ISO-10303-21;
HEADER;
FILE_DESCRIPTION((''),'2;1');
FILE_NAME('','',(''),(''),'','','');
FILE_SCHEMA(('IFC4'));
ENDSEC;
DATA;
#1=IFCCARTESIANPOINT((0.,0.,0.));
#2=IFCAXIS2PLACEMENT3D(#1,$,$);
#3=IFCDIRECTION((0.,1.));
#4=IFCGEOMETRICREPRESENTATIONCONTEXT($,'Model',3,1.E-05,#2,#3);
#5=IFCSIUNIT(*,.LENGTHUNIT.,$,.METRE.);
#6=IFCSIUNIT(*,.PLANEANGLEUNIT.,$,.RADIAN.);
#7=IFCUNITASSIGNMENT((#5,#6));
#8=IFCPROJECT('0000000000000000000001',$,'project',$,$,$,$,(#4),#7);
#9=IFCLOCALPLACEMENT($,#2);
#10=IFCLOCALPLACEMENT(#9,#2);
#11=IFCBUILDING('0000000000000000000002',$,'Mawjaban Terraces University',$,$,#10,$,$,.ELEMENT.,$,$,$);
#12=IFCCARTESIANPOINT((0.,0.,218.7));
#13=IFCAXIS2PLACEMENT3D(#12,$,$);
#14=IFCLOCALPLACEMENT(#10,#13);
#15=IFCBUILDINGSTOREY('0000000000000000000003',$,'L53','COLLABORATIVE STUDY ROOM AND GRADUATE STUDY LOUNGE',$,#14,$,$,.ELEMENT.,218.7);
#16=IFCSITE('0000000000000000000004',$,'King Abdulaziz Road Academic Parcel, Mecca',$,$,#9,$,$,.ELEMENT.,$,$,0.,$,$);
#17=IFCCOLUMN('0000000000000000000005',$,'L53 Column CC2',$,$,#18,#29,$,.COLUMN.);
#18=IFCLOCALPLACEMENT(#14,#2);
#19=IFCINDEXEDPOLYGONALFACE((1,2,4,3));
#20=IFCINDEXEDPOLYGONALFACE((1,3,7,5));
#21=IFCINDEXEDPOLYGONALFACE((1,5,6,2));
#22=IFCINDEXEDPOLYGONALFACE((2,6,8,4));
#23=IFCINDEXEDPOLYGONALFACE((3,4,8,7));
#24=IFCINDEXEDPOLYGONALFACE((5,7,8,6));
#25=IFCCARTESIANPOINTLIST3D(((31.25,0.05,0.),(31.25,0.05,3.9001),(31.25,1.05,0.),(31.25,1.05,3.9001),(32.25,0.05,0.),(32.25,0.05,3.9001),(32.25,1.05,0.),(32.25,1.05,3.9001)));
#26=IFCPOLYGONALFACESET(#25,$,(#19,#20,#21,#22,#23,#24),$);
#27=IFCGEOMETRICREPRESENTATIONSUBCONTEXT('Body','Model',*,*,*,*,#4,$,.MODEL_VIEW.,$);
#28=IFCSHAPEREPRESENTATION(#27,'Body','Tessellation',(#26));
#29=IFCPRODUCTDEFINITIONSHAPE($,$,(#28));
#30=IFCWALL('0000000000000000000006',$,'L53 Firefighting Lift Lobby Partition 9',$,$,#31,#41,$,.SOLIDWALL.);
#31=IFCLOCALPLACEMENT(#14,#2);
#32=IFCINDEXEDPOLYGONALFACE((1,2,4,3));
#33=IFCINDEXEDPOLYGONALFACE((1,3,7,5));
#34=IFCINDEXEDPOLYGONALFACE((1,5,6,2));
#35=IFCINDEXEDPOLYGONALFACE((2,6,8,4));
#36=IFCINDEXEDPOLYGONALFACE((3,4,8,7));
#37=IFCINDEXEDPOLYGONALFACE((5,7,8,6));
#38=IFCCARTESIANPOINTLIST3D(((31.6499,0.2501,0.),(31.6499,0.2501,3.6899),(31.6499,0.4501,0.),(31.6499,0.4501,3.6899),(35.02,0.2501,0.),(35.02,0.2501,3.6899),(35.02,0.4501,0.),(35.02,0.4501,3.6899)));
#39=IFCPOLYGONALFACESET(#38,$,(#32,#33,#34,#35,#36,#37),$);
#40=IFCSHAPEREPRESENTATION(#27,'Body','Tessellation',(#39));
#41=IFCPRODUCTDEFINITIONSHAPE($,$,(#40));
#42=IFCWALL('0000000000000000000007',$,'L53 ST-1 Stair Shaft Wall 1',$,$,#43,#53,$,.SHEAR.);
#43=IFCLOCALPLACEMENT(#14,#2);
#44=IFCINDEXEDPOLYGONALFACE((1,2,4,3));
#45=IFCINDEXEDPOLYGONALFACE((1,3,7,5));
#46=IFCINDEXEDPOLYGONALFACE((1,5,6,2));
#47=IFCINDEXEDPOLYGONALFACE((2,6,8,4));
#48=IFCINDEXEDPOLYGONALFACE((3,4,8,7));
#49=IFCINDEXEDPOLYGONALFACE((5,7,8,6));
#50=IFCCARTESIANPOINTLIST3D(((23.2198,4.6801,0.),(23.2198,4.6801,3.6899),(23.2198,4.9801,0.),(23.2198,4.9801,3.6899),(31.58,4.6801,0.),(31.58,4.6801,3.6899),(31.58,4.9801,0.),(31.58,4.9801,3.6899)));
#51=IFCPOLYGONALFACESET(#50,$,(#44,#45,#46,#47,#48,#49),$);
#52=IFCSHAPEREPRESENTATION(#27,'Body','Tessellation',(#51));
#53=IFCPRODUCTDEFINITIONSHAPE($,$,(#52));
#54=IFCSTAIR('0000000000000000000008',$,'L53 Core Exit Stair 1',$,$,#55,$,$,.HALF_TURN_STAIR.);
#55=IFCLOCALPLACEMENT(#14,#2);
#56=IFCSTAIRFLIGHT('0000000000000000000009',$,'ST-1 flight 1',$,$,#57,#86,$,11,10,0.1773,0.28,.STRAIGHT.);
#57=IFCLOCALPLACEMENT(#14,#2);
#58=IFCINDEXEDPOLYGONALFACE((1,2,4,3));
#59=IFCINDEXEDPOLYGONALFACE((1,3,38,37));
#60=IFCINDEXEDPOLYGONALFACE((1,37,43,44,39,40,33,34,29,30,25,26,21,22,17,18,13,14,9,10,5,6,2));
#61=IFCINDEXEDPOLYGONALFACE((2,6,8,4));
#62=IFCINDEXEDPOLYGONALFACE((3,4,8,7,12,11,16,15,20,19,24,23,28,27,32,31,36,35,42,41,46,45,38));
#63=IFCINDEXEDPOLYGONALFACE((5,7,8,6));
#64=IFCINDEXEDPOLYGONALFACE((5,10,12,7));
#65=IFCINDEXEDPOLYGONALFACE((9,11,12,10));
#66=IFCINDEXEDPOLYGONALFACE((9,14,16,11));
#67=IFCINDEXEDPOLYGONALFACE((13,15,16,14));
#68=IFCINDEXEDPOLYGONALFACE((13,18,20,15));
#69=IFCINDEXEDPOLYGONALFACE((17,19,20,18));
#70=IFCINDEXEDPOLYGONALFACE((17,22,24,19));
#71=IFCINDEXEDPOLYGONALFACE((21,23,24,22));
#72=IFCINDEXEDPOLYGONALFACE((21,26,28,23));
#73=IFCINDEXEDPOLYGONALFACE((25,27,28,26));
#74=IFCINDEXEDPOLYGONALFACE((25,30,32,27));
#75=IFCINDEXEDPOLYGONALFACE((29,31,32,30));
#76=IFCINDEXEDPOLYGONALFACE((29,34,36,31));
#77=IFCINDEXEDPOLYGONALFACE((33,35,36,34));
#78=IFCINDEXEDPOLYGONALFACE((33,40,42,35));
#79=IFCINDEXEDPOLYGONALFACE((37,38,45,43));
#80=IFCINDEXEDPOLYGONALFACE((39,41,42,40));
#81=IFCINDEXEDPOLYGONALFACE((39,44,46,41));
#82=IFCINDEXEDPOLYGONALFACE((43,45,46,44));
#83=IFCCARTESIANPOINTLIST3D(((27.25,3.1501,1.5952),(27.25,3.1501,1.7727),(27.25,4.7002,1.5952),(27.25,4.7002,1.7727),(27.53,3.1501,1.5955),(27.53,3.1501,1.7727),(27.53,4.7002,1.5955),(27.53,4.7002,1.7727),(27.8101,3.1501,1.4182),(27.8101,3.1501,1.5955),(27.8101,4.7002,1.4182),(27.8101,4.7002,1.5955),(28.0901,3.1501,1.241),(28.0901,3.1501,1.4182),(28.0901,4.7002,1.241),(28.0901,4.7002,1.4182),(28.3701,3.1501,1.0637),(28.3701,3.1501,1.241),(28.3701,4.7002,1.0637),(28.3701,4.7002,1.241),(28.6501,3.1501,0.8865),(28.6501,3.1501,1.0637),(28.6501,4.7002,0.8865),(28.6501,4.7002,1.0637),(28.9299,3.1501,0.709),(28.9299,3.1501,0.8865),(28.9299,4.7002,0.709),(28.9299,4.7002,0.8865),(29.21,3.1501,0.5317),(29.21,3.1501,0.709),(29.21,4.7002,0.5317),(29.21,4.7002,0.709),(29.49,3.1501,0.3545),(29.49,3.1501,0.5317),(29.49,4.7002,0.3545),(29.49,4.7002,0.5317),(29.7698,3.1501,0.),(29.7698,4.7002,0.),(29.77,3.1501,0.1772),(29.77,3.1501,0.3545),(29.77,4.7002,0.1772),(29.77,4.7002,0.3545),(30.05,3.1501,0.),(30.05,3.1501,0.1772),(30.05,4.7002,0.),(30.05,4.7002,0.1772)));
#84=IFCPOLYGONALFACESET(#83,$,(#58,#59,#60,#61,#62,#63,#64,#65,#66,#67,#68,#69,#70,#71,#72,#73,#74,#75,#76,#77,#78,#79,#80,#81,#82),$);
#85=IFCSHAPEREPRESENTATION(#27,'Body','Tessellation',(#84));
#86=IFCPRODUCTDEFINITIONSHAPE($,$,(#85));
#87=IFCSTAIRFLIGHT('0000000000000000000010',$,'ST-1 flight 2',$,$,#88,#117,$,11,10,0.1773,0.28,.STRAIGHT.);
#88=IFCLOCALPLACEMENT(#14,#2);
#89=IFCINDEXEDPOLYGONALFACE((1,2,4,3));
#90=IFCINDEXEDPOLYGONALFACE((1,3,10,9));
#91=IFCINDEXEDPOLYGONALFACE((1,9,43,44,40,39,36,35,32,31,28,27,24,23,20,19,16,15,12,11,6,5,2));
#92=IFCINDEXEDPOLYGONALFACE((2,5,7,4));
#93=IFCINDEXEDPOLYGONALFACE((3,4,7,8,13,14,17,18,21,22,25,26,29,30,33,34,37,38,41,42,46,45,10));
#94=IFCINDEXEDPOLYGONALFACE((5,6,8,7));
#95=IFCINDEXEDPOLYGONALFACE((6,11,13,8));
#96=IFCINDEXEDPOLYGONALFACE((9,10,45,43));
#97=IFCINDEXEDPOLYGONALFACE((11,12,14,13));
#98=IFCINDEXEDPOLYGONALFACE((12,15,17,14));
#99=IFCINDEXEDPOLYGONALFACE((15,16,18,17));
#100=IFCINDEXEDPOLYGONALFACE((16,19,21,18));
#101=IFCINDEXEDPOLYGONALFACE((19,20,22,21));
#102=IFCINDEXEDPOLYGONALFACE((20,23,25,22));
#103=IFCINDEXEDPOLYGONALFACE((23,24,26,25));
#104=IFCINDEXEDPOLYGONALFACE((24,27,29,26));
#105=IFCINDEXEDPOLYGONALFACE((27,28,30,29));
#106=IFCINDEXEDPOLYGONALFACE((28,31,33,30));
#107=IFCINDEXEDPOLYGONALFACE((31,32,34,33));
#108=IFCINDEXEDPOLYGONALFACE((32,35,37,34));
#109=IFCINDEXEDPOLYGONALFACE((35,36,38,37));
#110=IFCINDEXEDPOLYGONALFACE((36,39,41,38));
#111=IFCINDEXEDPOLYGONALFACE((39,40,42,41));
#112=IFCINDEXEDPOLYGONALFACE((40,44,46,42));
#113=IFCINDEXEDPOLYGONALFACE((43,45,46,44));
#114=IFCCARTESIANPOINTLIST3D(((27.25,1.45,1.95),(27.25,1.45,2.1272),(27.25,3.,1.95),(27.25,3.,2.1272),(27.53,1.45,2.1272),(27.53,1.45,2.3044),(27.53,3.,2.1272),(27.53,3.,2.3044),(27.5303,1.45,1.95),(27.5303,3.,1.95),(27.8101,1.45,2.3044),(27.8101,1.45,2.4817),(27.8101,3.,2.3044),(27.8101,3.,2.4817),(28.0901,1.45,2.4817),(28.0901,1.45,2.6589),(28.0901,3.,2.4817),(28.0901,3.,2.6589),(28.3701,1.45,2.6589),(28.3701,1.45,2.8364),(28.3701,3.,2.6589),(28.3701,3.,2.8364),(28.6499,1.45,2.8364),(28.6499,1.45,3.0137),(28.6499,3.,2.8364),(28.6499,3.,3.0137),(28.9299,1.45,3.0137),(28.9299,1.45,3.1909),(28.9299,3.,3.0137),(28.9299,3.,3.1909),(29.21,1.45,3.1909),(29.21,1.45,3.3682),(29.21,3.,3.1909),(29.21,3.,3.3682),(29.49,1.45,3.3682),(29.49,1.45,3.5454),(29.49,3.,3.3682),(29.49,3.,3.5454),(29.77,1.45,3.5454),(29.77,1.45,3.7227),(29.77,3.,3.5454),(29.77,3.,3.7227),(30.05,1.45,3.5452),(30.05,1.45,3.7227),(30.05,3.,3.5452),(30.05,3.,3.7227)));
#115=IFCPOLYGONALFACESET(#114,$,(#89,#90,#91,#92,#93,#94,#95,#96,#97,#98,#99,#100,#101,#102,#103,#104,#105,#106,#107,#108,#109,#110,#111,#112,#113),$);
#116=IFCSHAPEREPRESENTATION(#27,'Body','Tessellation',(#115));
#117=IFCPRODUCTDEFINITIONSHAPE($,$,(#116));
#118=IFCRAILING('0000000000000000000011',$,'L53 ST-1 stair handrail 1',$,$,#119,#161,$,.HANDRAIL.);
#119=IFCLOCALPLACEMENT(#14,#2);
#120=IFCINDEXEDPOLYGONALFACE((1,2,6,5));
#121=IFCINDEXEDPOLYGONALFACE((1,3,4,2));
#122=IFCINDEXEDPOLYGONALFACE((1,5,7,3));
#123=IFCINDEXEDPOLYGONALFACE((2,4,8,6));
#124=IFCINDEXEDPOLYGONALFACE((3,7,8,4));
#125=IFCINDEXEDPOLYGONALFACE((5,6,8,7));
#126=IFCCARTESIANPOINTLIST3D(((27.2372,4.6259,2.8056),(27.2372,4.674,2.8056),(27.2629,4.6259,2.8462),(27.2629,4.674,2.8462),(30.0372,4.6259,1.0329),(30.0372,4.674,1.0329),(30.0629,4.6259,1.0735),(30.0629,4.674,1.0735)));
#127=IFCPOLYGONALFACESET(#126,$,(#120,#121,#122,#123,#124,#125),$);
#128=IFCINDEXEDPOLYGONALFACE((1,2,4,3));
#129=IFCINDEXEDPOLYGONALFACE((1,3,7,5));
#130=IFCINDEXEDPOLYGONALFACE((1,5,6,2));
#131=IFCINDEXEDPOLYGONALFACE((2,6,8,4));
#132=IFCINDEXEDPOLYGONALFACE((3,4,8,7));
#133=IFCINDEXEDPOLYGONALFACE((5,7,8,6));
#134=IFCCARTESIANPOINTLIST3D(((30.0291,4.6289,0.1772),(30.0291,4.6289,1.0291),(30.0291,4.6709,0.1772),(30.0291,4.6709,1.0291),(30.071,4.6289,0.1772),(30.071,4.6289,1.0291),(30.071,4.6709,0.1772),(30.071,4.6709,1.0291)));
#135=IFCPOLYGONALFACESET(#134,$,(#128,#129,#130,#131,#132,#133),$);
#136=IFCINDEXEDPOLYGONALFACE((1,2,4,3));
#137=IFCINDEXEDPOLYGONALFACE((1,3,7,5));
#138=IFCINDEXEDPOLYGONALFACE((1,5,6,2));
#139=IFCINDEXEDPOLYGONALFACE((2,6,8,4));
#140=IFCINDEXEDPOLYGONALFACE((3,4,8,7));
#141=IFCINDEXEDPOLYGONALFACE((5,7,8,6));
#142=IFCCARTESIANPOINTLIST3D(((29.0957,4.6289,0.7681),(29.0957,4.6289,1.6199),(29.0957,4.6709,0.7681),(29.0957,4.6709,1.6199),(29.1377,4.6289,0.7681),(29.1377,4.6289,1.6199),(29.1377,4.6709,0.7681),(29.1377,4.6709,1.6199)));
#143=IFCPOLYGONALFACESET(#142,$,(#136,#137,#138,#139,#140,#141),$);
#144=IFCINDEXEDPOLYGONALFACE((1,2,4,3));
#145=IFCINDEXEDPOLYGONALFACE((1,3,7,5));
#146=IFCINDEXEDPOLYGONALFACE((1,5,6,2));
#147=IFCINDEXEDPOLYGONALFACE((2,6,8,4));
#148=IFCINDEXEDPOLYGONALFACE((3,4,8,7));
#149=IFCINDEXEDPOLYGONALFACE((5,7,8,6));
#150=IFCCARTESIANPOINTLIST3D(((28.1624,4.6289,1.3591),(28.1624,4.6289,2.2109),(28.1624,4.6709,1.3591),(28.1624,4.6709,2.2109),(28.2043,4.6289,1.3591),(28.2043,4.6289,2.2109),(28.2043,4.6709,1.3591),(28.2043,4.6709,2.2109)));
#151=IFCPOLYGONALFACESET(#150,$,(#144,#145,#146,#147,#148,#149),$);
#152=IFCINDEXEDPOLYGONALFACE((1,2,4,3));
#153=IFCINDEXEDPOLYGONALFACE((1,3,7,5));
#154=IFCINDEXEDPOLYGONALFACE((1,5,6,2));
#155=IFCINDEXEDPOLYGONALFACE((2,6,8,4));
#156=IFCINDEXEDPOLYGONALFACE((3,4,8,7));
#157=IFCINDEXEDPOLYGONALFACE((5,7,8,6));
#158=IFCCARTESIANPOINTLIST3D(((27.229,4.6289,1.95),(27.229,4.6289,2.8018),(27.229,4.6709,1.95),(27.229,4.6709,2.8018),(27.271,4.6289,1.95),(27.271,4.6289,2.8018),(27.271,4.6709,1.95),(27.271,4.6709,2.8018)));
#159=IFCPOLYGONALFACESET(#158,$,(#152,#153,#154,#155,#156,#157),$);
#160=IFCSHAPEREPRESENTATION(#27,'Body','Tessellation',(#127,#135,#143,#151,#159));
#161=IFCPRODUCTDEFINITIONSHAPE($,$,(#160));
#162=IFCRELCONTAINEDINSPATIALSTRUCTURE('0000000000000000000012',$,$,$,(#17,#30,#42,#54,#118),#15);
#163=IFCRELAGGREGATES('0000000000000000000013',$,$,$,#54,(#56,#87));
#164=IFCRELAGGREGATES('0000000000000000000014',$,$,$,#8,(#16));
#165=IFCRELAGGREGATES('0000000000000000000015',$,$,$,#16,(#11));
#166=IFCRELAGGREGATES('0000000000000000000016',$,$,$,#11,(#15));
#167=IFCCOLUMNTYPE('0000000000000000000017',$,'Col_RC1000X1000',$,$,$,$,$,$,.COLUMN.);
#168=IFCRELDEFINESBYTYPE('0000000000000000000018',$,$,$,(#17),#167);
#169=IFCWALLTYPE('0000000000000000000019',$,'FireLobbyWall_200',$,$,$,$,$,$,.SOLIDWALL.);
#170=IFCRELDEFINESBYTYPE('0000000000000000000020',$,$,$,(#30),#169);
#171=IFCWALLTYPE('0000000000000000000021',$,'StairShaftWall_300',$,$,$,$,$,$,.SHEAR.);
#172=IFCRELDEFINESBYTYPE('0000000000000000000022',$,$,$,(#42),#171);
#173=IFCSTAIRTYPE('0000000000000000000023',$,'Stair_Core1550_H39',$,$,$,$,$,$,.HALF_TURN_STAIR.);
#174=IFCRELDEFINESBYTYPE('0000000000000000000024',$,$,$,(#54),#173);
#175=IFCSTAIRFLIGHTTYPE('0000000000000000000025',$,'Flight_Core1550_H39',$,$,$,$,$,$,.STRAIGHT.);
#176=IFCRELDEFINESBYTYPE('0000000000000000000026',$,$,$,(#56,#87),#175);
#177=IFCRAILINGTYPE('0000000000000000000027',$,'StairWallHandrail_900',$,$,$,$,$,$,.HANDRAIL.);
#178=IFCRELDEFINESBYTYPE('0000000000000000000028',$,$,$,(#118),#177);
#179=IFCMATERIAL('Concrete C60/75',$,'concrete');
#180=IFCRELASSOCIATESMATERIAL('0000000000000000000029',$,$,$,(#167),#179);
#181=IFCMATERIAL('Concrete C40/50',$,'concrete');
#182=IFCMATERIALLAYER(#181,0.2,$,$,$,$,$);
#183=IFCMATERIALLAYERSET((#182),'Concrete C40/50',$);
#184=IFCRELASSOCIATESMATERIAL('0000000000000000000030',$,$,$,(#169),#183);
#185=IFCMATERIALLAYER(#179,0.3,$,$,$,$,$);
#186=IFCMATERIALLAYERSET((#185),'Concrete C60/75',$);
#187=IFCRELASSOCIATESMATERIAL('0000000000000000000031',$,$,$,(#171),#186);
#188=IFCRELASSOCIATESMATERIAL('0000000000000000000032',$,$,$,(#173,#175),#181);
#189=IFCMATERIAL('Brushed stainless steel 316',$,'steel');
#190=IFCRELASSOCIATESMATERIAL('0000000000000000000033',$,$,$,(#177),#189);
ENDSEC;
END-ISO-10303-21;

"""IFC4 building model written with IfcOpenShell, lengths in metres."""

from ifc_helpers import new_model, si_unit, direction, frame, frame_2d, origin, origin_2d, place, context, subcontext, project, spatial, polyline, rectangle, outline, extrude, material, layer, layer_set, material_profile, profile_set, type_object, element, aggregate, save


model = new_model("IFC4")

# Units and contexts
model_context = context("Model", 3, precision=1e-05, world=origin(), true_north=direction((0.0, 1.0)))
body_context = subcontext(model_context, "Body", "Model", "MODEL_VIEW")
ifc_project = project(units=[si_unit("LENGTHUNIT", "METRE"), si_unit("PLANEANGLEUNIT", "RADIAN")], contexts=[model_context])

# Site, building, storey
site_placement = place(None, origin())
site = spatial("IfcSite", under=ifc_project, at=site_placement, Name="King Abdulaziz Road Academic Parcel, Mecca", CompositionType="ELEMENT", RefElevation=0.0)
building_placement = place(site_placement, origin())
building = spatial("IfcBuilding", under=site, at=building_placement, Name="Mawjaban Terraces University", CompositionType="ELEMENT")
storey_placement = place(building_placement, frame((0.0, 0.0, 218.7)))
storey = spatial("IfcBuildingStorey", under=building, at=storey_placement, Name="L53", Description="COLLABORATIVE STUDY ROOM AND GRADUATE STUDY LOUNGE", CompositionType="ELEMENT", Elevation=218.7)

# Column
ifc_material_1 = material(Name="Concrete C60/75", Category="concrete")
ifc_material_profile = material_profile(ifc_material_1, rectangle(XDim=1.0, YDim=1.0, at=origin_2d()), Name="RC1000X1000")
ifc_profile_set = profile_set([ifc_material_profile], Name="Concrete C60/75")
column_type = type_object("IfcColumnType", Name="Col_RC1000X1000", PredefinedType="COLUMN", material=ifc_profile_set)
column_placement = place(storey_placement, frame((31.75, 0.55, 0.0), z_axis=(0.0, 0.0, 1.0), x_axis=(1.0, 0.0, 0.0)))
element("IfcColumn", 1, at=column_placement, inside=storey, type_object=column_type, Name="L53 Column CC2", PredefinedType="COLUMN", context=body_context, shape_type="SweptSolid", body=[
    extrude(rectangle(XDim=1.0, YDim=1.0, at=origin_2d()), origin(), (0.0, 0.0, 1.0), 3.9001),
])

# Shared definitions
ifc_material_2 = material(Name="Concrete C40/50", Category="concrete")
ifc_layer_1 = layer(ifc_material_2, 0.2)
ifc_layer_set_1 = layer_set([ifc_layer_1], Name="Concrete C40/50")
wall_type_1 = type_object("IfcWallType", Name="FireLobbyWall_200", PredefinedType="SOLIDWALL", material=ifc_layer_set_1)

# Wall
wall_1_placement = place(storey_placement, frame((31.6499, 0.3501, 0.0), z_axis=(0.0, 0.0, 1.0), x_axis=(1.0, 0.0, 0.0)))
element("IfcWall", 2, at=wall_1_placement, inside=storey, type_object=wall_type_1, Name="L53 Firefighting Lift Lobby Partition 9", PredefinedType="SOLIDWALL", context=body_context, shape_type="SweptSolid", body=[
    extrude(rectangle(XDim=3.3701, YDim=0.2, at=frame_2d((1.6851, 0.0))), origin(), (0.0, 0.0, 1.0), 3.6899),
])

# Wall
ifc_layer_2 = layer(ifc_material_1, 0.3)
ifc_layer_set_2 = layer_set([ifc_layer_2], Name="Concrete C60/75")
wall_type_2 = type_object("IfcWallType", Name="StairShaftWall_300", PredefinedType="SHEAR", material=ifc_layer_set_2)
wall_2_placement = place(storey_placement, frame((31.5801, 4.8301, 0.0), z_axis=(0.0, 0.0, 1.0), x_axis=(-1.0, 0.0, 0.0)))
element("IfcWall", 3, at=wall_2_placement, inside=storey, type_object=wall_type_2, Name="L53 ST-1 Stair Shaft Wall 1", PredefinedType="SHEAR", context=body_context, shape_type="SweptSolid", body=[
    extrude(rectangle(XDim=8.3601, YDim=0.3, at=frame_2d((4.1802, 0.0))), origin(), (0.0, 0.0, 1.0), 3.6899),
])

# Stair, stair flights
stair_type = type_object("IfcStairType", Name="Stair_Core1550_H39", PredefinedType="HALF_TURN_STAIR", material=ifc_material_2)
stair_placement = place(storey_placement, origin())
stair = element("IfcStair", 4, at=stair_placement, inside=storey, type_object=stair_type, Name="L53 Core Exit Stair 1", PredefinedType="HALF_TURN_STAIR")
stair_flight_type = type_object("IfcStairFlightType", Name="Flight_Core1550_H39", PredefinedType="STRAIGHT", material=ifc_material_2)
stair_flight_1_placement = place(storey_placement, frame((30.05, 3.925, 0.0), z_axis=(0.0, 0.0, 1.0), x_axis=(-1.0, 0.0, 0.0)))
stair_flight_1 = element("IfcStairFlight", 5, at=stair_flight_1_placement, type_object=stair_flight_type, Name="ST-1 flight 1", NumberOfRisers=11, NumberOfTreads=10, PredefinedType="STRAIGHT", RiserHeight=0.1773, TreadLength=0.28, context=body_context, shape_type="SweptSolid", body=[
    extrude(outline(polyline([(0.0, 0.0), (0.0, 0.1772), (0.28, 0.1772), (0.28, 0.3545), (0.5601, 0.3545), (0.5601, 0.5317), (0.8401, 0.5317), (0.8401, 0.709), (1.1201, 0.709), (1.1201, 0.8865), (1.3999, 0.8865), (1.3999, 1.0637), (1.6799, 1.0637), (1.6799, 1.241), (1.96, 1.241), (1.96, 1.4182), (2.24, 1.4182), (2.24, 1.5955), (2.52, 1.5955), (2.52, 1.7727), (2.8, 1.7727), (2.8, 1.95), (2.8, 1.5952), (0.2803, 0.0), (0.0, 0.0)])), frame((0.0, 0.7749, 0.0), z_axis=(0.0, -1.0, 0.0), x_axis=(1.0, 0.0, 0.0)), (0.0, 0.0, 1.0), 1.55),
])
stair_flight_2_placement = place(storey_placement, frame((27.25, 2.2251, 1.95), z_axis=(0.0, 0.0, 1.0), x_axis=(1.0, 0.0, 0.0)))
stair_flight_2 = element("IfcStairFlight", 6, at=stair_flight_2_placement, type_object=stair_flight_type, Name="ST-1 flight 2", NumberOfRisers=11, NumberOfTreads=10, PredefinedType="STRAIGHT", RiserHeight=0.1773, TreadLength=0.28, context=body_context, shape_type="SweptSolid", body=[
    extrude(outline(polyline([(0.0, 0.0), (0.0, 0.1772), (0.28, 0.1772), (0.28, 0.3545), (0.5601, 0.3545), (0.5601, 0.5317), (0.8401, 0.5317), (0.8401, 0.709), (1.1201, 0.709), (1.1201, 0.8865), (1.3999, 0.8865), (1.3999, 1.0637), (1.6799, 1.0637), (1.6799, 1.241), (1.96, 1.241), (1.96, 1.4182), (2.24, 1.4182), (2.24, 1.5955), (2.52, 1.5955), (2.52, 1.7727), (2.8, 1.7727), (2.8, 1.95), (2.8, 1.5952), (0.2803, 0.0), (0.0, 0.0)])), frame((0.0, 0.7749, 0.0), z_axis=(0.0, -1.0, 0.0), x_axis=(1.0, 0.0, 0.0)), (0.0, 0.0, 1.0), 1.55),
])
aggregate(stair, [stair_flight_1, stair_flight_2])

# Railing
ifc_material_3 = material(Name="Brushed stainless steel 316", Category="steel")
railing_type_1 = type_object("IfcRailingType", Name="StairWallHandrail_900", PredefinedType="HANDRAIL", material=ifc_material_3)
railing_1_placement = place(storey_placement, frame((30.05, 4.6499, 0.1772)))
element("IfcRailing", 7, at=railing_1_placement, inside=storey, type_object=railing_type_1, Name="L53 ST-1 stair handrail 1", PredefinedType="HANDRAIL", context=body_context, shape_type="SweptSolid", body=[
    extrude(rectangle(XDim=0.0481, YDim=0.0481, at=origin_2d()), frame((0.0, 0.0, 0.876), z_axis=(-0.844909, 0.0, 0.53491), x_axis=(0.0, -1.0, 0.0)), (0.0, 0.0, 1.0), 3.314),
    extrude(rectangle(XDim=0.042, YDim=0.042, at=origin_2d()), origin(), (0.0, 0.0, 1.0), 0.8518),
    extrude(rectangle(XDim=0.042, YDim=0.042, at=origin_2d()), frame((-0.9333, 0.0, 0.5908)), (0.0, 0.0, 1.0), 0.8518),
    extrude(rectangle(XDim=0.042, YDim=0.042, at=origin_2d()), frame((-1.8667, 0.0, 1.1819)), (0.0, 0.0, 1.0), 0.8518),
    extrude(rectangle(XDim=0.042, YDim=0.042, at=origin_2d()), frame((-2.8, 0.0, 1.7727)), (0.0, 0.0, 1.0), 0.8518),
])

save(model, "model.ifc")
